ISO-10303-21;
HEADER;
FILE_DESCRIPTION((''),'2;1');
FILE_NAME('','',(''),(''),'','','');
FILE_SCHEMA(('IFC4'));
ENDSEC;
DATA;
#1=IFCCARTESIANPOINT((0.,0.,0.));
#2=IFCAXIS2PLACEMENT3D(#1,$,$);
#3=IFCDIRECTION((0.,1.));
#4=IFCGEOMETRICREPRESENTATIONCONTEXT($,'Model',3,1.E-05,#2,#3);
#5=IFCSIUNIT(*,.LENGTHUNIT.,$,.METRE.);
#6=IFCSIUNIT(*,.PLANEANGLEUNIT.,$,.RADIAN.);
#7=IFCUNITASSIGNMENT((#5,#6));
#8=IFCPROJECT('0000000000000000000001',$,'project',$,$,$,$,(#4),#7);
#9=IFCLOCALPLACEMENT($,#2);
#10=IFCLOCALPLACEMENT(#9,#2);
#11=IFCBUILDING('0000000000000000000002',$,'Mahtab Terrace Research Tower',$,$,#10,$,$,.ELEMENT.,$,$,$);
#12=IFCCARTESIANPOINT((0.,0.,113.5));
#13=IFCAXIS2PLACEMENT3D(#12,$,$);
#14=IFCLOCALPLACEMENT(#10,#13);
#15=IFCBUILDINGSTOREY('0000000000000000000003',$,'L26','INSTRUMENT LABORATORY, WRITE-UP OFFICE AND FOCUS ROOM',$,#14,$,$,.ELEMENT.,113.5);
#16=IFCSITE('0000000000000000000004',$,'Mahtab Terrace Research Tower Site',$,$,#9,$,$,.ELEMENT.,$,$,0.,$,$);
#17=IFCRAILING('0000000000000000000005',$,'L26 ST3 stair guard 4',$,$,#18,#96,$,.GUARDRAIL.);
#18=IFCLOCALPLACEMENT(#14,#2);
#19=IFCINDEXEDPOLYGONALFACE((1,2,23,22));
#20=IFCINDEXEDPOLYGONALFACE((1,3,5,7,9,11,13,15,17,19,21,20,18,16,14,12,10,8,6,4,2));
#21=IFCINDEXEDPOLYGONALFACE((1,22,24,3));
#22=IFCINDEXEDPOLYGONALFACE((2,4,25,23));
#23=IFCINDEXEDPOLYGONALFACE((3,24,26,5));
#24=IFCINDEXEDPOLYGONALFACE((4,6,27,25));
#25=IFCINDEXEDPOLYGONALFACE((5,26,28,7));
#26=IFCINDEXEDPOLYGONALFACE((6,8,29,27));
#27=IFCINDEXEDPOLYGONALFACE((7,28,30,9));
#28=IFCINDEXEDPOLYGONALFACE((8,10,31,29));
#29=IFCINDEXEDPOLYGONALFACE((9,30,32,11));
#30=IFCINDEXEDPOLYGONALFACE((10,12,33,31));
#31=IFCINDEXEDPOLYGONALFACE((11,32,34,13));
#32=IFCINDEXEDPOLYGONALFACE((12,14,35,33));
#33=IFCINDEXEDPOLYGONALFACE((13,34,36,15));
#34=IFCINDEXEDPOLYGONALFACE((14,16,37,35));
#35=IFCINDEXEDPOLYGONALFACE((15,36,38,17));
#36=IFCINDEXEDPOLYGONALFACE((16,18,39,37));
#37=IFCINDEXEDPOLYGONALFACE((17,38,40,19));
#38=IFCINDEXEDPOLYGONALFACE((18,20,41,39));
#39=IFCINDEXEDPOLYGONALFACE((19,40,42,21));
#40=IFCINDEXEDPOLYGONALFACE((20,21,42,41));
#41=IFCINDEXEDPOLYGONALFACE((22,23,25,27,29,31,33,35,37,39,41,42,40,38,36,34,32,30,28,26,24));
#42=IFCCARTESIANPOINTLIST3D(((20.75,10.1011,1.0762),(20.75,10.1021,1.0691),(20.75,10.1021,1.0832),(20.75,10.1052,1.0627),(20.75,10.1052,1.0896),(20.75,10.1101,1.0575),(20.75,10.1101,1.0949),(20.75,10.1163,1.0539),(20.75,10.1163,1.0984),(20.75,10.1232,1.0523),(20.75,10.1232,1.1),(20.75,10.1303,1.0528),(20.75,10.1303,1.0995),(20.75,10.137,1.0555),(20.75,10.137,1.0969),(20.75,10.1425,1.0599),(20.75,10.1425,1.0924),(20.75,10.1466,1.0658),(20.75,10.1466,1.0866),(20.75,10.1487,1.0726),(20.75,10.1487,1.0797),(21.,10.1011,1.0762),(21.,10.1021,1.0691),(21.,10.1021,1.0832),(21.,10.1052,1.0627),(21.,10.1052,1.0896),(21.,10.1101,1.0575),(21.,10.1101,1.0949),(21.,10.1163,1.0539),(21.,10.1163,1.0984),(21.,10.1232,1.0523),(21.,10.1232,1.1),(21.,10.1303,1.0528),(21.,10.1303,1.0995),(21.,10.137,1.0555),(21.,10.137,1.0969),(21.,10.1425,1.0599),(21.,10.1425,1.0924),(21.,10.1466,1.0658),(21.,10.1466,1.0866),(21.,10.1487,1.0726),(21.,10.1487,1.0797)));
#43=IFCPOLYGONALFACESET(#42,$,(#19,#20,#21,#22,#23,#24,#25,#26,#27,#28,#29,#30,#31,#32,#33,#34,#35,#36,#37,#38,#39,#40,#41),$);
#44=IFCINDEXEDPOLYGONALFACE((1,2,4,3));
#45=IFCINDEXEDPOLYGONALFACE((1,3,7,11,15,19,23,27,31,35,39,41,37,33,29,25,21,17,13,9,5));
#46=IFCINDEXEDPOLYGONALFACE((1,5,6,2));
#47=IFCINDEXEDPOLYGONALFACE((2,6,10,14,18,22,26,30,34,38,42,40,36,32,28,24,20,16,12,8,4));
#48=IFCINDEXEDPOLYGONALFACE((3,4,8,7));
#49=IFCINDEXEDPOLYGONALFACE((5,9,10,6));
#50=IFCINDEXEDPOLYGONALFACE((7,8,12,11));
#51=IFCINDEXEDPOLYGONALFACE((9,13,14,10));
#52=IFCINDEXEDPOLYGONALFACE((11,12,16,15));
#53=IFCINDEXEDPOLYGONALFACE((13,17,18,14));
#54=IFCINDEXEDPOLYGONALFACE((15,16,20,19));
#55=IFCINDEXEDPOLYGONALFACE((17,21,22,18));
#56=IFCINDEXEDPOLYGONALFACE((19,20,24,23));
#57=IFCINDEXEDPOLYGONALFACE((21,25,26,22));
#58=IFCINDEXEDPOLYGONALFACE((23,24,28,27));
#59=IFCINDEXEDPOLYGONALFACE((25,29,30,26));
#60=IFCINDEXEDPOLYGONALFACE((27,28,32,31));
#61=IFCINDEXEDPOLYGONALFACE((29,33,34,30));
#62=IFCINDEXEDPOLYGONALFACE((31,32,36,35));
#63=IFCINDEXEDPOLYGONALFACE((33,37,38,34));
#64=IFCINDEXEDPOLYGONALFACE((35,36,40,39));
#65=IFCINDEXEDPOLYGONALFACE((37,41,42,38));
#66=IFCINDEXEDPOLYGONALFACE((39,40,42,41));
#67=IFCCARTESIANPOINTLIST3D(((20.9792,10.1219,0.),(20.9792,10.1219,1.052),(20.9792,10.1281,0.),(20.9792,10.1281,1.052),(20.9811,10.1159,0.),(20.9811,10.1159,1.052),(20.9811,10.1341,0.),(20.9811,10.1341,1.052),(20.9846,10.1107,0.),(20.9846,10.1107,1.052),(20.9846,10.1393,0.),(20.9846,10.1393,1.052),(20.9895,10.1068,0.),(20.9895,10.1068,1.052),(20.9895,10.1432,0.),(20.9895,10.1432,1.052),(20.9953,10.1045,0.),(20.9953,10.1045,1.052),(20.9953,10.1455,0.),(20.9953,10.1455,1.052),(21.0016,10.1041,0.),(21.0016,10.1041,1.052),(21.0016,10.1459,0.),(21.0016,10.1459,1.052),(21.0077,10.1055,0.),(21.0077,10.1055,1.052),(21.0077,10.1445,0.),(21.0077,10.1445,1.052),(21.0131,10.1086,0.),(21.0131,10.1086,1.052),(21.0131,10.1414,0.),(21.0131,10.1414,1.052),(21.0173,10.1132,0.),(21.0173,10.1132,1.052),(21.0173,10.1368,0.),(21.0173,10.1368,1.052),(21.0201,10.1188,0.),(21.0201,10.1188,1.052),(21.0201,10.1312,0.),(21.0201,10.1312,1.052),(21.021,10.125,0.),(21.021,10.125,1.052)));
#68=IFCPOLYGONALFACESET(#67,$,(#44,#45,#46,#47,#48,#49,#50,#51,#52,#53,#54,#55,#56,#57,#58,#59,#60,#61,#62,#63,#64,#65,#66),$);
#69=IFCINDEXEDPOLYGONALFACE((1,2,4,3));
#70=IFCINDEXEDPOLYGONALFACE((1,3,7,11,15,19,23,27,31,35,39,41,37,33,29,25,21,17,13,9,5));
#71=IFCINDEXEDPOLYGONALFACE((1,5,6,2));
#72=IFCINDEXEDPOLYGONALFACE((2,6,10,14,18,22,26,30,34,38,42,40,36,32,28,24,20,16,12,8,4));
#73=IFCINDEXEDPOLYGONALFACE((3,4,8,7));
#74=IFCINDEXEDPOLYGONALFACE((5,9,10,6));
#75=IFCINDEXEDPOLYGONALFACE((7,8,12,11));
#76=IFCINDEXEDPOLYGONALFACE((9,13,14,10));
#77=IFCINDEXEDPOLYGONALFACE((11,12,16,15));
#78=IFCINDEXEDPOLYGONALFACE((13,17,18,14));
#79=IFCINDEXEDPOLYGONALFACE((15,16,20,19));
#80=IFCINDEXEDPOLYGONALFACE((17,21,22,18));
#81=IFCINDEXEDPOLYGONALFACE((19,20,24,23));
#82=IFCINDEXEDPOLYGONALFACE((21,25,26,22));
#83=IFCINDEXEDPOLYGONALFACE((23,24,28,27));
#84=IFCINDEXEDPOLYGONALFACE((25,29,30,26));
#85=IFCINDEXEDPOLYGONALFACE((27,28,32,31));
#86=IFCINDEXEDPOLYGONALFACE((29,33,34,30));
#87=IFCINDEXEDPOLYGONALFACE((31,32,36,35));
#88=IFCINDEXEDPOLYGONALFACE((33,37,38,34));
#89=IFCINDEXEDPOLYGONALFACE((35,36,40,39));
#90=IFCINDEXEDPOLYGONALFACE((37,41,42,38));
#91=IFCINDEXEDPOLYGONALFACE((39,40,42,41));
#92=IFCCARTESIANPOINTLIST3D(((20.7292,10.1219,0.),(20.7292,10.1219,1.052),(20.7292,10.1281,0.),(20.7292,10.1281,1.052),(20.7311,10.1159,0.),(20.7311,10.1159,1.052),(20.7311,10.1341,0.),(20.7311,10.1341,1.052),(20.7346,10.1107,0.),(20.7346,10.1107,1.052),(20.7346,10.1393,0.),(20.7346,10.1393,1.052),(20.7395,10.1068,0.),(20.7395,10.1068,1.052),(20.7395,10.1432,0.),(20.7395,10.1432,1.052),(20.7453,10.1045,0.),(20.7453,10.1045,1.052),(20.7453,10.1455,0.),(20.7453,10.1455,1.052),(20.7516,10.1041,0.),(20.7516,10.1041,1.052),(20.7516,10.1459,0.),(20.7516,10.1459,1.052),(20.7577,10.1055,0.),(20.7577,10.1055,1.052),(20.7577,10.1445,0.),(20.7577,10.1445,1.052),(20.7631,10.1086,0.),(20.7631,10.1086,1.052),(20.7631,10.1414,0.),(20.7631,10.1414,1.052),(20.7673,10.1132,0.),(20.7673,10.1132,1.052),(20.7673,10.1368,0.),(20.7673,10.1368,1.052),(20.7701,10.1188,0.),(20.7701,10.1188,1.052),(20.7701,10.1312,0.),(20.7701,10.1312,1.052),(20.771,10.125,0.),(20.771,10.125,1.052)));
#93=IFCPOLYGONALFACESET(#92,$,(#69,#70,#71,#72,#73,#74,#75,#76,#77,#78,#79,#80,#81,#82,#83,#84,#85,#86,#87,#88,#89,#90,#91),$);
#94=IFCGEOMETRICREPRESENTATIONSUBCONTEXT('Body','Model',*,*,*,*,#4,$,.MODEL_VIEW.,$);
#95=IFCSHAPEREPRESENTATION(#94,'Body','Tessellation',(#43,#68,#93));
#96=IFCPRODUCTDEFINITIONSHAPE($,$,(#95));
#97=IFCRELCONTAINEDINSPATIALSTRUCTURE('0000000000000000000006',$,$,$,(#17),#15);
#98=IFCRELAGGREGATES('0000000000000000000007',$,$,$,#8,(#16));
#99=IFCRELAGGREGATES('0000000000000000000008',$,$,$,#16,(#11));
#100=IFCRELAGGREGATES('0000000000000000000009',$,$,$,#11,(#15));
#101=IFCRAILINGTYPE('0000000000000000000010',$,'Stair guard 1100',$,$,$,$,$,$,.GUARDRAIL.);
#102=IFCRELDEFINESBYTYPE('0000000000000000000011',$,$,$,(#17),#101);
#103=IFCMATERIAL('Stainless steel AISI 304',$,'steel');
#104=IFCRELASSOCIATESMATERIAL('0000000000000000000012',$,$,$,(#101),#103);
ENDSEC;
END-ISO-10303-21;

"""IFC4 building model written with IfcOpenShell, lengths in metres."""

from ifc_helpers import new_model, si_unit, direction, frame, origin, origin_2d, place, context, subcontext, project, spatial, circle, extrude, material, type_object, element, save


model = new_model("IFC4")

# Units and contexts
model_context = context("Model", 3, precision=1e-05, world=origin(), true_north=direction((0.0, 1.0)))
body_context = subcontext(model_context, "Body", "Model", "MODEL_VIEW")
ifc_project = project(units=[si_unit("LENGTHUNIT", "METRE"), si_unit("PLANEANGLEUNIT", "RADIAN")], contexts=[model_context])

# Site, building, storey
site_placement = place(None, origin())
site = spatial("IfcSite", under=ifc_project, at=site_placement, Name="Mahtab Terrace Research Tower Site", CompositionType="ELEMENT", RefElevation=0.0)
building_placement = place(site_placement, origin())
building = spatial("IfcBuilding", under=site, at=building_placement, Name="Mahtab Terrace Research Tower", CompositionType="ELEMENT")
storey_placement = place(building_placement, frame((0.0, 0.0, 113.5)))
storey = spatial("IfcBuildingStorey", under=building, at=storey_placement, Name="L26", Description="INSTRUMENT LABORATORY, WRITE-UP OFFICE AND FOCUS ROOM", CompositionType="ELEMENT", Elevation=113.5)

# Shared definitions
ifc_material_1 = material(Name="Stainless steel AISI 304", Category="steel")

# Railing
railing_type_1 = type_object("IfcRailingType", Name="Stair guard 1100", PredefinedType="GUARDRAIL", material=ifc_material_1)
railing_1_placement = place(storey_placement, frame((21.0, 10.125, 0.0)))
element("IfcRailing", 1, at=railing_1_placement, inside=storey, type_object=railing_type_1, Name="L26 ST3 stair guard 4", PredefinedType="GUARDRAIL", context=body_context, shape_type="SweptSolid", body=[
    extrude(circle(Radius=0.0239, at=origin_2d()), frame((0.0, 0.0, 1.0762), z_axis=(-1.0, 0.0, 0.0), x_axis=(0.0, -1.0, 0.0)), (0.0, 0.0, 1.0), 0.25),
    extrude(circle(Radius=0.021, at=origin_2d()), origin(), (0.0, 0.0, 1.0), 1.052),
    extrude(circle(Radius=0.021, at=origin_2d()), frame((-0.25, 0.0, 0.0)), (0.0, 0.0, 1.0), 1.052),
])

save(model, "model.ifc")
